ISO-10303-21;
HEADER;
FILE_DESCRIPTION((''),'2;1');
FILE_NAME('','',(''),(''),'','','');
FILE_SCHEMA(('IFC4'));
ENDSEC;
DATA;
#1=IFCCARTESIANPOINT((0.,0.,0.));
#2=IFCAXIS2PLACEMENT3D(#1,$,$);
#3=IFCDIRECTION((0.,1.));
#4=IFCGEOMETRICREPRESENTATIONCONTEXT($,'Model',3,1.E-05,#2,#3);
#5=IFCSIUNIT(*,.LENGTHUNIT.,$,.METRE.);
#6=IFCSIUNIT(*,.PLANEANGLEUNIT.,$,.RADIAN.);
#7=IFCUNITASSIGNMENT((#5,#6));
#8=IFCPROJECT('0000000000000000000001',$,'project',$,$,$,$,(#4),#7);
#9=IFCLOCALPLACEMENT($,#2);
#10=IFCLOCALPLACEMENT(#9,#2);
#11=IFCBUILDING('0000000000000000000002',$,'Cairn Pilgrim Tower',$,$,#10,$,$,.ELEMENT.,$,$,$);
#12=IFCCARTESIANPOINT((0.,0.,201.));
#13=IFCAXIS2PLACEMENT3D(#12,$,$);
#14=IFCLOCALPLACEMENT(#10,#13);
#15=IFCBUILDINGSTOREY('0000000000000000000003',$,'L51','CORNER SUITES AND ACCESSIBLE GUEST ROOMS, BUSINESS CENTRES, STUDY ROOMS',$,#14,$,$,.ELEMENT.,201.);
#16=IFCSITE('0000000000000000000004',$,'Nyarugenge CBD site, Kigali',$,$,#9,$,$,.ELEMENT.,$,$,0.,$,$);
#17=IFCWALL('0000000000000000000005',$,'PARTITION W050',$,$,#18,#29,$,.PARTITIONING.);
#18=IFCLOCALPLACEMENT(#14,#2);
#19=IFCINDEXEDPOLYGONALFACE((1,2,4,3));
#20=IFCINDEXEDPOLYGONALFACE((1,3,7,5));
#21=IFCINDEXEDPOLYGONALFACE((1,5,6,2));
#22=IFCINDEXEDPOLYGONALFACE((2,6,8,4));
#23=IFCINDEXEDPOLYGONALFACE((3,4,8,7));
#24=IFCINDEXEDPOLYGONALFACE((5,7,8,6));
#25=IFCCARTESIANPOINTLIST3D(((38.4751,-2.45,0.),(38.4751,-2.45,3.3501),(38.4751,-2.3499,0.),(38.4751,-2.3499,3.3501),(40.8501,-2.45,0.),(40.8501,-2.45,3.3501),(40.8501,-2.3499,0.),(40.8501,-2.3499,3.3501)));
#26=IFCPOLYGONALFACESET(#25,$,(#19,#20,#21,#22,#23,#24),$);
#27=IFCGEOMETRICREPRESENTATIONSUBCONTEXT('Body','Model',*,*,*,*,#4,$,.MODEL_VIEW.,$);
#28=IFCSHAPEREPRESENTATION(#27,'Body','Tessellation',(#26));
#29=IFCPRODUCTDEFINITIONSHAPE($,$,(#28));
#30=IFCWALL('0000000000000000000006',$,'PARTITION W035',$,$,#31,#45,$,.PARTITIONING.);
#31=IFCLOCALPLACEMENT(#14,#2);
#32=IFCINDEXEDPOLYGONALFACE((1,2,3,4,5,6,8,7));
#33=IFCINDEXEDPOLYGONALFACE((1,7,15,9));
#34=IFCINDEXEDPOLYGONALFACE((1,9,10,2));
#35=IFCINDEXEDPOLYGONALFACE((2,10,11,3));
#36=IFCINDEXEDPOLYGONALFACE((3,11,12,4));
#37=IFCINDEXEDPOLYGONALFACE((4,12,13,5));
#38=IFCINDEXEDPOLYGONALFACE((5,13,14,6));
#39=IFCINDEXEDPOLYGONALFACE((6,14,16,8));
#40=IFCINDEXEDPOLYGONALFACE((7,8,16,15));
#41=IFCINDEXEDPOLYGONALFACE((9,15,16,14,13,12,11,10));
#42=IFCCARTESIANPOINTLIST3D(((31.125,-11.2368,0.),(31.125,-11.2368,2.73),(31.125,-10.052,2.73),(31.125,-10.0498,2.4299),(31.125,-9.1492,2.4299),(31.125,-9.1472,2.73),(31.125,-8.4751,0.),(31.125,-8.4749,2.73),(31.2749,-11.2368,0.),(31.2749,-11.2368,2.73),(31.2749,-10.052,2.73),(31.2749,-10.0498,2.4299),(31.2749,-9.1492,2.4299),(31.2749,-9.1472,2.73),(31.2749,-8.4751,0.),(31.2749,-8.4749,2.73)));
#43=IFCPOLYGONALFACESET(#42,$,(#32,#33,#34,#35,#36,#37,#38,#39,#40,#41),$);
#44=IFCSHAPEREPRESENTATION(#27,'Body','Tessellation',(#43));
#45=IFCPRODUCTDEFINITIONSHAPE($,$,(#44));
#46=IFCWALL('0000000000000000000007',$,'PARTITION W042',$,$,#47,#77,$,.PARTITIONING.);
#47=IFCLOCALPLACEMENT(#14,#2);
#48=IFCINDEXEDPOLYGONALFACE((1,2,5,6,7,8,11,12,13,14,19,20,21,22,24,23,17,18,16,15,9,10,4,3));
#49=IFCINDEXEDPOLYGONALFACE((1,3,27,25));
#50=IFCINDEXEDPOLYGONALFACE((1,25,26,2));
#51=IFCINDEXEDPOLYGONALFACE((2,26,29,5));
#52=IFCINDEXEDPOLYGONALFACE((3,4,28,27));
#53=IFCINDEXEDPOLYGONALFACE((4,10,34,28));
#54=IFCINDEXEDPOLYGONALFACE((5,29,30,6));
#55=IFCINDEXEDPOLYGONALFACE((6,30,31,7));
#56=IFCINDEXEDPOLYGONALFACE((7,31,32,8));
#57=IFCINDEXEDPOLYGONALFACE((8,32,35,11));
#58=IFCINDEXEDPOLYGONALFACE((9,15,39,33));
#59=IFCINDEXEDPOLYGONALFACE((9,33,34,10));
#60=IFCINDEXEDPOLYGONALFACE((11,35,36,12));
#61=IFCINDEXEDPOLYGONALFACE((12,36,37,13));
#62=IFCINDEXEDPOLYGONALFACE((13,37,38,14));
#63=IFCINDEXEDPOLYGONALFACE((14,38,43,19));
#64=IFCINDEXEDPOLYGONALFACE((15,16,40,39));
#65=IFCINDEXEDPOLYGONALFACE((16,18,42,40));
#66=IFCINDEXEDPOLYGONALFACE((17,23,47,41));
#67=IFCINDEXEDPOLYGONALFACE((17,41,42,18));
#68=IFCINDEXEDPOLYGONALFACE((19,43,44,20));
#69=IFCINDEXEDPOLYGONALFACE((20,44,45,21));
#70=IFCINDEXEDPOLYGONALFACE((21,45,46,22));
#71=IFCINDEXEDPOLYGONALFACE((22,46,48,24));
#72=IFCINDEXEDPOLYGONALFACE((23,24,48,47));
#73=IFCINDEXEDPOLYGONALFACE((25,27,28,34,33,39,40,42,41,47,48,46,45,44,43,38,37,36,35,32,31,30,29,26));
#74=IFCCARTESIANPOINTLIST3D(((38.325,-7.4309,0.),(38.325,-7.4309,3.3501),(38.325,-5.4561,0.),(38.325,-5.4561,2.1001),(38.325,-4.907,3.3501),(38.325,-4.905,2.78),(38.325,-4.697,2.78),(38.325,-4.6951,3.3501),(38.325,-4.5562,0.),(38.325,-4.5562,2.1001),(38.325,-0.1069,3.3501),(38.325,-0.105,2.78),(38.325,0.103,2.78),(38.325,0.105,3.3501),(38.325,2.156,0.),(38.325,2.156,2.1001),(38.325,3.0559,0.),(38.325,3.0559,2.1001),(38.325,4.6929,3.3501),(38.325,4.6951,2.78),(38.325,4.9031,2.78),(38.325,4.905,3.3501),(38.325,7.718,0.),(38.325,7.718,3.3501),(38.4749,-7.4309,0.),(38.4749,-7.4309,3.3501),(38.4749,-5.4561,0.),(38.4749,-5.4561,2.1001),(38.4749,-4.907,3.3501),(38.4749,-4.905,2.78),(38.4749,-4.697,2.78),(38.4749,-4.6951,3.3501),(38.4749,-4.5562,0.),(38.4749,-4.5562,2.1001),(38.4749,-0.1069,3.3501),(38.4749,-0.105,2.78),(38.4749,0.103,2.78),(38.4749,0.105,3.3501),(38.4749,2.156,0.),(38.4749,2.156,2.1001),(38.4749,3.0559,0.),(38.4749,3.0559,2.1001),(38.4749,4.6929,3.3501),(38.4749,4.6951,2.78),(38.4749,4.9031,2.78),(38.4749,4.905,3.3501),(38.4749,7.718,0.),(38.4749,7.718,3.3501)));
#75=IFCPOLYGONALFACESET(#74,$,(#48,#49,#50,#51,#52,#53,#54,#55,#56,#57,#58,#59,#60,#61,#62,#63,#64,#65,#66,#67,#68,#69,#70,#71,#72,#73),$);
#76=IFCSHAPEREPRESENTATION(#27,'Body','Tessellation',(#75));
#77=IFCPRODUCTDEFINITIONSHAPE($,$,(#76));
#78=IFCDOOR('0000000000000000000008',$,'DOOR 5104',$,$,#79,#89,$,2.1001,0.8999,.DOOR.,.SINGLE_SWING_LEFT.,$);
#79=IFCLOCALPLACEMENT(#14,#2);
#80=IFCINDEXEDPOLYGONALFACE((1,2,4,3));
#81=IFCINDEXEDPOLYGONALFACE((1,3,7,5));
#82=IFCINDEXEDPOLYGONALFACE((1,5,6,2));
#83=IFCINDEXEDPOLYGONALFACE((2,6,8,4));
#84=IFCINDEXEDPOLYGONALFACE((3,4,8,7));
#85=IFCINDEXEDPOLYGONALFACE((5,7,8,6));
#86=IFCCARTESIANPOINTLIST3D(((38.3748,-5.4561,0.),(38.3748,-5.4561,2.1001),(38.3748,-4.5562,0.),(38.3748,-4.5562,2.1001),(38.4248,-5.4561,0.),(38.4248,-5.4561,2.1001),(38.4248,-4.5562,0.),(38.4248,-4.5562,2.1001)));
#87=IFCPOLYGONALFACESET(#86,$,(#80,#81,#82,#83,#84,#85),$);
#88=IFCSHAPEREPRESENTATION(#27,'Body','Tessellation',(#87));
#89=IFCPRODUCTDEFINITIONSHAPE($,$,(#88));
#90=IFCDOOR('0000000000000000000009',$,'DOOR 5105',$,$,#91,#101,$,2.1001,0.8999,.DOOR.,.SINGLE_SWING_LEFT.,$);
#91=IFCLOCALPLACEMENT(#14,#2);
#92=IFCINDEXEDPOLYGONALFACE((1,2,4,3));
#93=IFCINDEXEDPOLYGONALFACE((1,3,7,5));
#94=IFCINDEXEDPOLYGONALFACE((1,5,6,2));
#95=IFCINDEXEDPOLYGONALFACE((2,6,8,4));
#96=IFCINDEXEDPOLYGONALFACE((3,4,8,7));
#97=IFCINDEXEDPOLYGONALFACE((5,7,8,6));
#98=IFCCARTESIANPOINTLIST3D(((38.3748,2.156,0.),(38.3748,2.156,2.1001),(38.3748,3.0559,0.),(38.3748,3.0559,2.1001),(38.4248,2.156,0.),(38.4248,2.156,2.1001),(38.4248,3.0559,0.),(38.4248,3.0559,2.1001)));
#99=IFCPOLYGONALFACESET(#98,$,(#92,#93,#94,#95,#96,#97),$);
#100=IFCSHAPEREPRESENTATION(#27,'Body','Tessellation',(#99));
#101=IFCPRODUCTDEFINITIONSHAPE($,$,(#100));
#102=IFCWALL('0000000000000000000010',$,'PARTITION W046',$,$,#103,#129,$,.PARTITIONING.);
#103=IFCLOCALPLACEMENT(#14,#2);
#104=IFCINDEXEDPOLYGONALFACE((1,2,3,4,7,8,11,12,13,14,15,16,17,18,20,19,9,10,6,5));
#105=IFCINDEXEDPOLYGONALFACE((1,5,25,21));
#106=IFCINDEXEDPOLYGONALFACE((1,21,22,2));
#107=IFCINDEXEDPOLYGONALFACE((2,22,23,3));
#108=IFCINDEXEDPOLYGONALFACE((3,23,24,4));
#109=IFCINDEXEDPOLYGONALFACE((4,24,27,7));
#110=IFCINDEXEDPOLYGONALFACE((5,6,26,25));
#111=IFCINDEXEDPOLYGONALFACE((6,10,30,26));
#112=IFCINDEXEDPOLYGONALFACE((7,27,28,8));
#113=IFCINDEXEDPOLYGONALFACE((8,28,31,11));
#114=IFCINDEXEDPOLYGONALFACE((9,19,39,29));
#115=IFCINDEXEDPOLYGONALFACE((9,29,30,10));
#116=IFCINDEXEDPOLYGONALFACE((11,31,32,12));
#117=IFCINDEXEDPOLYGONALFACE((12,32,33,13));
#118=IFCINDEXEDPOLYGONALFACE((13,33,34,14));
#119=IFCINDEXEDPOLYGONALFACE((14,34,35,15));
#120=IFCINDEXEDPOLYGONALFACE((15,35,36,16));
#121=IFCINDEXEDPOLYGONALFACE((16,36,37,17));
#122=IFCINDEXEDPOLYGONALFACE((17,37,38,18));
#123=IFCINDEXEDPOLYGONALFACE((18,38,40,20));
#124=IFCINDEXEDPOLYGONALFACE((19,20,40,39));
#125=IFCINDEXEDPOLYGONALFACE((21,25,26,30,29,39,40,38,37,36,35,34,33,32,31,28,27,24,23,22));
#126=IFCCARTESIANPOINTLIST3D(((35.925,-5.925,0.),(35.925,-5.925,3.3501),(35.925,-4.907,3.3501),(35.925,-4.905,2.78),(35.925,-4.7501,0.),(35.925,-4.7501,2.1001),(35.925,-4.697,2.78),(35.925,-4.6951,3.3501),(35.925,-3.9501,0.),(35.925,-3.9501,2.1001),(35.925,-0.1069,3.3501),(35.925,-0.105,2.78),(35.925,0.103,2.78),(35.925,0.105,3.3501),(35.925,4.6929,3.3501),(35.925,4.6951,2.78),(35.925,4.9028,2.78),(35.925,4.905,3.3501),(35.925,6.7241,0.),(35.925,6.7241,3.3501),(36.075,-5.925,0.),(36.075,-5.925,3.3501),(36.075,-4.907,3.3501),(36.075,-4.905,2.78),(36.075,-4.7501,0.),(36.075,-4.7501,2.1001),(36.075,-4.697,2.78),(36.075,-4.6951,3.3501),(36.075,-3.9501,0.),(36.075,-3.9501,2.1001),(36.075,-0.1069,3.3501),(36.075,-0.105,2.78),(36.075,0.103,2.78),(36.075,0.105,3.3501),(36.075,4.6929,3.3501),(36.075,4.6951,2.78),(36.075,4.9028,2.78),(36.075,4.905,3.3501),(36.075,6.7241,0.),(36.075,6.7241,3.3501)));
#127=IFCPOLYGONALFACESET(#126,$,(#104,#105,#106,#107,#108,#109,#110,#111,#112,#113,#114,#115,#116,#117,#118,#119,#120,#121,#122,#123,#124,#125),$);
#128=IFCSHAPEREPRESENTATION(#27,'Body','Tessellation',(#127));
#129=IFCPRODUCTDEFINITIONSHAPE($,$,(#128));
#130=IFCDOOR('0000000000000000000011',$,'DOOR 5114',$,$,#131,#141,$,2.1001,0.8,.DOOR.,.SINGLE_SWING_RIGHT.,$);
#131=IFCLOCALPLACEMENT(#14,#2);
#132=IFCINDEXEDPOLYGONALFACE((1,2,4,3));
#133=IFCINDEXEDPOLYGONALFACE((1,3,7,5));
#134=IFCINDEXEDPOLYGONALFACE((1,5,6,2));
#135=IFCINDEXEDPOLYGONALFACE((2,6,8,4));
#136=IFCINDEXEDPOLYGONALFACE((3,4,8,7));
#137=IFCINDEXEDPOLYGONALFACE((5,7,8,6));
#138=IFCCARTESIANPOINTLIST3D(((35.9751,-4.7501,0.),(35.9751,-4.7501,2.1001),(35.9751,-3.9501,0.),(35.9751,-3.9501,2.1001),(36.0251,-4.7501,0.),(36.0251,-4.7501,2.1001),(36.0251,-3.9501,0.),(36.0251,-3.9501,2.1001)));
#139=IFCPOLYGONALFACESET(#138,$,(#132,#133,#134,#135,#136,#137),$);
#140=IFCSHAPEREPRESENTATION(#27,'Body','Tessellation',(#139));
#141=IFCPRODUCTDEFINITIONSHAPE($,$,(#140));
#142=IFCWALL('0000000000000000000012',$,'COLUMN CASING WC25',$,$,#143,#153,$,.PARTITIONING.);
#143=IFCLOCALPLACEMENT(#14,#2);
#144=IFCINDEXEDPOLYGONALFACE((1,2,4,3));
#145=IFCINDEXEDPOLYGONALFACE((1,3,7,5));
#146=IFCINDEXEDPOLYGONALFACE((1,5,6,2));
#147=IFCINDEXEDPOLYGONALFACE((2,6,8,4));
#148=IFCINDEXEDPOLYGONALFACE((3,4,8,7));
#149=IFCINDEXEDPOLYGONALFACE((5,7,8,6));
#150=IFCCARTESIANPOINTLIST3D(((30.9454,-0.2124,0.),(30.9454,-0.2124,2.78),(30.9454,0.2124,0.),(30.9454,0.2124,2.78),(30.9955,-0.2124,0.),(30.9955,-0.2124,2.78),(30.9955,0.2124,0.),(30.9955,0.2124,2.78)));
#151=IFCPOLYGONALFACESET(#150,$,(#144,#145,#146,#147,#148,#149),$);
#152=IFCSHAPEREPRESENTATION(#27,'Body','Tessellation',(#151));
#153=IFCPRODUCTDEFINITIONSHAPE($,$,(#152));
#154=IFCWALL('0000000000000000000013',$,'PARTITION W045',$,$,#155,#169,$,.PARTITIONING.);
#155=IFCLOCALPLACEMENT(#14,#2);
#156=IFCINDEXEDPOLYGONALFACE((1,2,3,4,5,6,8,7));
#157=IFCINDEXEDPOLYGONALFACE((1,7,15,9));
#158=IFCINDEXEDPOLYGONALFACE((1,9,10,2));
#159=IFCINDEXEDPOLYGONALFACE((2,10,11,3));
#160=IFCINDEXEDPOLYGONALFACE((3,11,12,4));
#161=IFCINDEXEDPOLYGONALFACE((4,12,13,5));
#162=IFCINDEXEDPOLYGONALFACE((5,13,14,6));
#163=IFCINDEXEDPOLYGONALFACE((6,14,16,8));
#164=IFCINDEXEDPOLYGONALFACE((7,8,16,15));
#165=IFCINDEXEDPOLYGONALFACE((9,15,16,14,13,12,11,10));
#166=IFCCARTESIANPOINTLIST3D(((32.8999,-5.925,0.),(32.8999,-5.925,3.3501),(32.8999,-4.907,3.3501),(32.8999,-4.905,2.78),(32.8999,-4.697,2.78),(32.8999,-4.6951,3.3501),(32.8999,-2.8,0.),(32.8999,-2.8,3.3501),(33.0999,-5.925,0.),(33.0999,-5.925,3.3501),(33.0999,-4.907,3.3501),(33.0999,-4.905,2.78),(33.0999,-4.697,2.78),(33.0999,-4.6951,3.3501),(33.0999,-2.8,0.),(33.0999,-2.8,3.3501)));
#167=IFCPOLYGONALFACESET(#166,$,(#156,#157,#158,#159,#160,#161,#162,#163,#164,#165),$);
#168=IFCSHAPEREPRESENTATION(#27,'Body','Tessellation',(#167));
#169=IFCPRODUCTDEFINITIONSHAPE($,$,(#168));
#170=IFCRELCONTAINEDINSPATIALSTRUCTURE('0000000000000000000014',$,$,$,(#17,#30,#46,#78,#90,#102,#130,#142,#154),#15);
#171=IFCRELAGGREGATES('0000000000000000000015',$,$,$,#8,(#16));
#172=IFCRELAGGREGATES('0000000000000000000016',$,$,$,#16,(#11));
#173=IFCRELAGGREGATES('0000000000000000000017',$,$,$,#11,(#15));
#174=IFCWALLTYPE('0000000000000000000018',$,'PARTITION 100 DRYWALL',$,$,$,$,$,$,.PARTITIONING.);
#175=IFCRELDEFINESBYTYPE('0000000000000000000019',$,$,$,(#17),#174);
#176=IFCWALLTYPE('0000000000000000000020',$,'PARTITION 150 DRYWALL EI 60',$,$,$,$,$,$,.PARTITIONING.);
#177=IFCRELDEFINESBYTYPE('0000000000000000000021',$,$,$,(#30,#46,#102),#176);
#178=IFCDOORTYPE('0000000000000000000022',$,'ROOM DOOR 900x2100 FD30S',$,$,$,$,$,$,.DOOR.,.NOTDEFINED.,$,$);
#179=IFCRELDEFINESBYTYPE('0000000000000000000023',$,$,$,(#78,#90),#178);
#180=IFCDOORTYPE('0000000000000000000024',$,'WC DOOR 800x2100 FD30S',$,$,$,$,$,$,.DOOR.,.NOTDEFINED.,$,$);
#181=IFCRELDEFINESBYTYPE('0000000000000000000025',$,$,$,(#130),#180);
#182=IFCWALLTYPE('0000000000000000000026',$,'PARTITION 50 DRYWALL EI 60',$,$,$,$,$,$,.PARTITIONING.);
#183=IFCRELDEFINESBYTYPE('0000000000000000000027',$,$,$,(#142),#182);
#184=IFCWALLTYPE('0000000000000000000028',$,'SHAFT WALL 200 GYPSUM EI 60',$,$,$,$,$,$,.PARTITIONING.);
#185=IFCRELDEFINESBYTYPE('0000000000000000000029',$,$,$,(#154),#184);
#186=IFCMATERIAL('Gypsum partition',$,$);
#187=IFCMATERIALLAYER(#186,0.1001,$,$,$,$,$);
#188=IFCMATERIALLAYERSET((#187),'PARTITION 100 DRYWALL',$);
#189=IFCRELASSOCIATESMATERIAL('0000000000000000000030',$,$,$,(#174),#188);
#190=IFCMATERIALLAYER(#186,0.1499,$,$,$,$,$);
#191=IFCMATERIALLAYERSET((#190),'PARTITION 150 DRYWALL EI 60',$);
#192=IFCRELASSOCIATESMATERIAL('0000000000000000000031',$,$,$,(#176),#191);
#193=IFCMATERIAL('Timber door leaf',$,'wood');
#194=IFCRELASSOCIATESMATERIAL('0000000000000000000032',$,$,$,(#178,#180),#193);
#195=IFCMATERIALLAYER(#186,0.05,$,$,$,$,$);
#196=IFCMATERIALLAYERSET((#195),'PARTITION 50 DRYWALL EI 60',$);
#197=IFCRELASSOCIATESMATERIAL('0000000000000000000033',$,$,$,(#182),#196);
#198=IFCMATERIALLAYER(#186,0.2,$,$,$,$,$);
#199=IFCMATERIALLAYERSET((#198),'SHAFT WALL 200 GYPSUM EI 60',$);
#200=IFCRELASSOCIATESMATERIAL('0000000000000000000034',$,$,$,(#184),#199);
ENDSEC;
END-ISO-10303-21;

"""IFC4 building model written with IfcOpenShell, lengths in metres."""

from ifc_helpers import new_model, si_unit, direction, frame, frame_2d, origin, place, context, subcontext, project, spatial, polyline, rectangle, outline, extrude, material, layer, layer_set, type_object, element, fill, save


model = new_model("IFC4")

# Units and contexts
model_context = context("Model", 3, precision=1e-05, world=origin(), true_north=direction((0.0, 1.0)))
body_context = subcontext(model_context, "Body", "Model", "MODEL_VIEW")
ifc_project = project(units=[si_unit("LENGTHUNIT", "METRE"), si_unit("PLANEANGLEUNIT", "RADIAN")], contexts=[model_context])

# Site, building, storey
site_placement = place(None, origin())
site = spatial("IfcSite", under=ifc_project, at=site_placement, Name="Nyarugenge CBD site, Kigali", CompositionType="ELEMENT", RefElevation=0.0)
building_placement = place(site_placement, origin())
building = spatial("IfcBuilding", under=site, at=building_placement, Name="Cairn Pilgrim Tower", CompositionType="ELEMENT")
storey_placement = place(building_placement, frame((0.0, 0.0, 201.0)))
storey = spatial("IfcBuildingStorey", under=building, at=storey_placement, Name="L51", Description="CORNER SUITES AND ACCESSIBLE GUEST ROOMS, BUSINESS CENTRES, STUDY ROOMS", CompositionType="ELEMENT", Elevation=201.0)

# Walls
ifc_material_1 = material(Name="Gypsum partition")
ifc_layer_1 = layer(ifc_material_1, 0.1001)
ifc_layer_set_1 = layer_set([ifc_layer_1], Name="PARTITION 100 DRYWALL")
wall_type_1 = type_object("IfcWallType", Name="PARTITION 100 DRYWALL", PredefinedType="PARTITIONING", material=ifc_layer_set_1)
wall_1_placement = place(storey_placement, frame((38.4751, -2.3999, 0.0), z_axis=(0.0, 0.0, 1.0), x_axis=(1.0, 0.0, 0.0)))
element("IfcWall", 1, at=wall_1_placement, inside=storey, type_object=wall_type_1, Name="PARTITION W050", PredefinedType="PARTITIONING", context=body_context, shape_type="SweptSolid", body=[
    extrude(rectangle(XDim=2.375, YDim=0.1001, at=frame_2d((1.1875, 0.0))), origin(), (0.0, 0.0, 1.0), 3.3501),
])
ifc_layer_2 = layer(ifc_material_1, 0.1499)
ifc_layer_set_2 = layer_set([ifc_layer_2], Name="PARTITION 150 DRYWALL EI 60")
wall_type_2 = type_object("IfcWallType", Name="PARTITION 150 DRYWALL EI 60", PredefinedType="PARTITIONING", material=ifc_layer_set_2)
wall_2_placement = place(storey_placement, frame((31.2, -11.2368, 0.0), z_axis=(0.0, 0.0, 1.0), x_axis=(0.0, 1.0, 0.0)))
element("IfcWall", 2, at=wall_2_placement, inside=storey, type_object=wall_type_2, Name="PARTITION W035", PredefinedType="PARTITIONING", context=body_context, shape_type="SweptSolid", body=[
    extrude(outline(polyline([(0.0, 0.0), (2.7617, 0.0), (2.762, 2.73), (2.0896, 2.73), (2.0876, 2.4299), (1.187, 2.4299), (1.1848, 2.73), (0.0, 2.73), (0.0, 0.0)])), frame((0.0, 0.075, 0.0), z_axis=(0.0, -1.0, 0.0), x_axis=(1.0, 0.0, 0.0)), (0.0, 0.0, 1.0), 0.1499),
])

# Wall, openings, doors
wall_3_placement = place(storey_placement, frame((38.3999, -7.4309, 0.0), z_axis=(0.0, 0.0, 1.0), x_axis=(0.0, 1.0, 0.0)))
wall_3 = element("IfcWall", 3, at=wall_3_placement, inside=storey, type_object=wall_type_2, Name="PARTITION W042", PredefinedType="PARTITIONING", context=body_context, shape_type="SweptSolid", body=[
    extrude(outline(polyline([(0.0, 0.0), (15.1489, 0.0), (15.1489, 3.3501), (12.3359, 3.3501), (12.334, 2.78), (12.126, 2.78), (12.1238, 3.3501), (7.5359, 3.3501), (7.5339, 2.78), (7.3259, 2.78), (7.324, 3.3501), (2.7358, 3.3501), (2.7339, 2.78), (2.5259, 2.78), (2.5239, 3.3501), (0.0, 3.3501), (0.0, 0.0)])), frame((0.0, 0.075, 0.0), z_axis=(0.0, -1.0, 0.0), x_axis=(1.0, 0.0, 0.0)), (0.0, 0.0, 1.0), 0.1499),
])
opening_1_placement = place(wall_3_placement, frame((1.9749, 0.0, 0.0)))
opening_1 = element("IfcOpeningElement", 4, at=opening_1_placement, cuts=wall_3, PredefinedType="OPENING", context=body_context, shape_type="SweptSolid", body=[
    extrude(rectangle(XDim=0.8999, YDim=2.1001, at=frame_2d((0.45, 1.05))), frame((0.0, 0.085, 0.0), z_axis=(0.0, -1.0, 0.0), x_axis=(1.0, 0.0, 0.0)), (0.0, 0.0, 1.0), 0.1699),
])
opening_2_placement = place(wall_3_placement, frame((9.5869, 0.0, 0.0)))
opening_2 = element("IfcOpeningElement", 5, at=opening_2_placement, cuts=wall_3, PredefinedType="OPENING", context=body_context, shape_type="SweptSolid", body=[
    extrude(rectangle(XDim=0.8999, YDim=2.1001, at=frame_2d((0.45, 1.05))), frame((0.0, 0.085, 0.0), z_axis=(0.0, -1.0, 0.0), x_axis=(1.0, 0.0, 0.0)), (0.0, 0.0, 1.0), 0.1699),
])
ifc_material_2 = material(Name="Timber door leaf", Category="wood")
door_type_1 = type_object("IfcDoorType", Name="ROOM DOOR 900x2100 FD30S", OperationType="NOTDEFINED", PredefinedType="DOOR", material=ifc_material_2)
door_1_placement = place(opening_1_placement, frame((0.8999, 0.0, 0.0), z_axis=(0.0, 0.0, 1.0), x_axis=(-1.0, 0.0, 0.0)))
door_1 = element("IfcDoor", 6, at=door_1_placement, inside=storey, type_object=door_type_1, Name="DOOR 5104", OperationType="SINGLE_SWING_LEFT", OverallHeight=2.1001, OverallWidth=0.8999, PredefinedType="DOOR", context=body_context, shape_type="SweptSolid", body=[
    extrude(rectangle(XDim=0.8999, YDim=2.1001, at=frame_2d((0.45, 1.05))), frame((0.0, 0.0249, 0.0), z_axis=(0.0, -1.0, 0.0), x_axis=(1.0, 0.0, 0.0)), (0.0, 0.0, 1.0), 0.05),
])
fill(opening_1, door_1)
door_2_placement = place(opening_2_placement, frame((0.8999, 0.0, 0.0), z_axis=(0.0, 0.0, 1.0), x_axis=(-1.0, 0.0, 0.0)))
door_2 = element("IfcDoor", 7, at=door_2_placement, inside=storey, type_object=door_type_1, Name="DOOR 5105", OperationType="SINGLE_SWING_LEFT", OverallHeight=2.1001, OverallWidth=0.8999, PredefinedType="DOOR", context=body_context, shape_type="SweptSolid", body=[
    extrude(rectangle(XDim=0.8999, YDim=2.1001, at=frame_2d((0.45, 1.05))), frame((0.0, 0.0249, 0.0), z_axis=(0.0, -1.0, 0.0), x_axis=(1.0, 0.0, 0.0)), (0.0, 0.0, 1.0), 0.05),
])
fill(opening_2, door_2)

# Wall, opening, door
wall_4_placement = place(storey_placement, frame((36.0, -5.925, 0.0), z_axis=(0.0, 0.0, 1.0), x_axis=(0.0, 1.0, 0.0)))
wall_4 = element("IfcWall", 8, at=wall_4_placement, inside=storey, type_object=wall_type_2, Name="PARTITION W046", PredefinedType="PARTITIONING", context=body_context, shape_type="SweptSolid", body=[
    extrude(outline(polyline([(0.0, 0.0), (12.6492, 0.0), (12.6492, 3.3501), (10.8301, 3.3501), (10.8279, 2.78), (10.6201, 2.78), (10.6179, 3.3501), (6.03, 3.3501), (6.0281, 2.78), (5.8201, 2.78), (5.8181, 3.3501), (1.23, 3.3501), (1.228, 2.78), (1.02, 2.78), (1.0181, 3.3501), (0.0, 3.3501), (0.0, 0.0)])), frame((0.0, 0.075, 0.0), z_axis=(0.0, -1.0, 0.0), x_axis=(1.0, 0.0, 0.0)), (0.0, 0.0, 1.0), 0.1499),
])
opening_3_placement = place(wall_4_placement, frame((1.175, 0.0, 0.0)))
opening_3 = element("IfcOpeningElement", 9, at=opening_3_placement, cuts=wall_4, PredefinedType="OPENING", context=body_context, shape_type="SweptSolid", body=[
    extrude(rectangle(XDim=0.8, YDim=2.1001, at=frame_2d((0.3999, 1.05))), frame((0.0, 0.085, 0.0), z_axis=(0.0, -1.0, 0.0), x_axis=(1.0, 0.0, 0.0)), (0.0, 0.0, 1.0), 0.1699),
])
door_type_2 = type_object("IfcDoorType", Name="WC DOOR 800x2100 FD30S", OperationType="NOTDEFINED", PredefinedType="DOOR", material=ifc_material_2)
door_3_placement = place(opening_3_placement, origin())
door_3 = element("IfcDoor", 10, at=door_3_placement, inside=storey, type_object=door_type_2, Name="DOOR 5114", OperationType="SINGLE_SWING_RIGHT", OverallHeight=2.1001, OverallWidth=0.8, PredefinedType="DOOR", context=body_context, shape_type="SweptSolid", body=[
    extrude(rectangle(XDim=0.8, YDim=2.1001, at=frame_2d((0.3999, 1.05))), frame((0.0, 0.0249, 0.0), z_axis=(0.0, -1.0, 0.0), x_axis=(1.0, 0.0, 0.0)), (0.0, 0.0, 1.0), 0.05),
])
fill(opening_3, door_3)

# Walls
ifc_layer_3 = layer(ifc_material_1, 0.05)
ifc_layer_set_3 = layer_set([ifc_layer_3], Name="PARTITION 50 DRYWALL EI 60")
wall_type_3 = type_object("IfcWallType", Name="PARTITION 50 DRYWALL EI 60", PredefinedType="PARTITIONING", material=ifc_layer_set_3)
wall_5_placement = place(storey_placement, frame((30.9705, -0.2124, 0.0), z_axis=(0.0, 0.0, 1.0), x_axis=(0.0, 1.0, 0.0)))
element("IfcWall", 11, at=wall_5_placement, inside=storey, type_object=wall_type_3, Name="COLUMN CASING WC25", PredefinedType="PARTITIONING", context=body_context, shape_type="SweptSolid", body=[
    extrude(rectangle(XDim=0.4248, YDim=0.05, at=frame_2d((0.2124, 0.0))), origin(), (0.0, 0.0, 1.0), 2.78),
])
ifc_layer_4 = layer(ifc_material_1, 0.2)
ifc_layer_set_4 = layer_set([ifc_layer_4], Name="SHAFT WALL 200 GYPSUM EI 60")
wall_type_4 = type_object("IfcWallType", Name="SHAFT WALL 200 GYPSUM EI 60", PredefinedType="PARTITIONING", material=ifc_layer_set_4)
wall_6_placement = place(storey_placement, frame((33.0, -5.925, 0.0), z_axis=(0.0, 0.0, 1.0), x_axis=(0.0, 1.0, 0.0)))
element("IfcWall", 12, at=wall_6_placement, inside=storey, type_object=wall_type_4, Name="PARTITION W045", PredefinedType="PARTITIONING", context=body_context, shape_type="SweptSolid", body=[
    extrude(outline(polyline([(0.0, 0.0), (3.125, 0.0), (3.125, 3.3501), (1.23, 3.3501), (1.228, 2.78), (1.02, 2.78), (1.0181, 3.3501), (0.0, 3.3501), (0.0, 0.0)])), frame((0.0, 0.1001, 0.0), z_axis=(0.0, -1.0, 0.0), x_axis=(1.0, 0.0, 0.0)), (0.0, 0.0, 1.0), 0.2),
])

save(model, "model.ifc")
